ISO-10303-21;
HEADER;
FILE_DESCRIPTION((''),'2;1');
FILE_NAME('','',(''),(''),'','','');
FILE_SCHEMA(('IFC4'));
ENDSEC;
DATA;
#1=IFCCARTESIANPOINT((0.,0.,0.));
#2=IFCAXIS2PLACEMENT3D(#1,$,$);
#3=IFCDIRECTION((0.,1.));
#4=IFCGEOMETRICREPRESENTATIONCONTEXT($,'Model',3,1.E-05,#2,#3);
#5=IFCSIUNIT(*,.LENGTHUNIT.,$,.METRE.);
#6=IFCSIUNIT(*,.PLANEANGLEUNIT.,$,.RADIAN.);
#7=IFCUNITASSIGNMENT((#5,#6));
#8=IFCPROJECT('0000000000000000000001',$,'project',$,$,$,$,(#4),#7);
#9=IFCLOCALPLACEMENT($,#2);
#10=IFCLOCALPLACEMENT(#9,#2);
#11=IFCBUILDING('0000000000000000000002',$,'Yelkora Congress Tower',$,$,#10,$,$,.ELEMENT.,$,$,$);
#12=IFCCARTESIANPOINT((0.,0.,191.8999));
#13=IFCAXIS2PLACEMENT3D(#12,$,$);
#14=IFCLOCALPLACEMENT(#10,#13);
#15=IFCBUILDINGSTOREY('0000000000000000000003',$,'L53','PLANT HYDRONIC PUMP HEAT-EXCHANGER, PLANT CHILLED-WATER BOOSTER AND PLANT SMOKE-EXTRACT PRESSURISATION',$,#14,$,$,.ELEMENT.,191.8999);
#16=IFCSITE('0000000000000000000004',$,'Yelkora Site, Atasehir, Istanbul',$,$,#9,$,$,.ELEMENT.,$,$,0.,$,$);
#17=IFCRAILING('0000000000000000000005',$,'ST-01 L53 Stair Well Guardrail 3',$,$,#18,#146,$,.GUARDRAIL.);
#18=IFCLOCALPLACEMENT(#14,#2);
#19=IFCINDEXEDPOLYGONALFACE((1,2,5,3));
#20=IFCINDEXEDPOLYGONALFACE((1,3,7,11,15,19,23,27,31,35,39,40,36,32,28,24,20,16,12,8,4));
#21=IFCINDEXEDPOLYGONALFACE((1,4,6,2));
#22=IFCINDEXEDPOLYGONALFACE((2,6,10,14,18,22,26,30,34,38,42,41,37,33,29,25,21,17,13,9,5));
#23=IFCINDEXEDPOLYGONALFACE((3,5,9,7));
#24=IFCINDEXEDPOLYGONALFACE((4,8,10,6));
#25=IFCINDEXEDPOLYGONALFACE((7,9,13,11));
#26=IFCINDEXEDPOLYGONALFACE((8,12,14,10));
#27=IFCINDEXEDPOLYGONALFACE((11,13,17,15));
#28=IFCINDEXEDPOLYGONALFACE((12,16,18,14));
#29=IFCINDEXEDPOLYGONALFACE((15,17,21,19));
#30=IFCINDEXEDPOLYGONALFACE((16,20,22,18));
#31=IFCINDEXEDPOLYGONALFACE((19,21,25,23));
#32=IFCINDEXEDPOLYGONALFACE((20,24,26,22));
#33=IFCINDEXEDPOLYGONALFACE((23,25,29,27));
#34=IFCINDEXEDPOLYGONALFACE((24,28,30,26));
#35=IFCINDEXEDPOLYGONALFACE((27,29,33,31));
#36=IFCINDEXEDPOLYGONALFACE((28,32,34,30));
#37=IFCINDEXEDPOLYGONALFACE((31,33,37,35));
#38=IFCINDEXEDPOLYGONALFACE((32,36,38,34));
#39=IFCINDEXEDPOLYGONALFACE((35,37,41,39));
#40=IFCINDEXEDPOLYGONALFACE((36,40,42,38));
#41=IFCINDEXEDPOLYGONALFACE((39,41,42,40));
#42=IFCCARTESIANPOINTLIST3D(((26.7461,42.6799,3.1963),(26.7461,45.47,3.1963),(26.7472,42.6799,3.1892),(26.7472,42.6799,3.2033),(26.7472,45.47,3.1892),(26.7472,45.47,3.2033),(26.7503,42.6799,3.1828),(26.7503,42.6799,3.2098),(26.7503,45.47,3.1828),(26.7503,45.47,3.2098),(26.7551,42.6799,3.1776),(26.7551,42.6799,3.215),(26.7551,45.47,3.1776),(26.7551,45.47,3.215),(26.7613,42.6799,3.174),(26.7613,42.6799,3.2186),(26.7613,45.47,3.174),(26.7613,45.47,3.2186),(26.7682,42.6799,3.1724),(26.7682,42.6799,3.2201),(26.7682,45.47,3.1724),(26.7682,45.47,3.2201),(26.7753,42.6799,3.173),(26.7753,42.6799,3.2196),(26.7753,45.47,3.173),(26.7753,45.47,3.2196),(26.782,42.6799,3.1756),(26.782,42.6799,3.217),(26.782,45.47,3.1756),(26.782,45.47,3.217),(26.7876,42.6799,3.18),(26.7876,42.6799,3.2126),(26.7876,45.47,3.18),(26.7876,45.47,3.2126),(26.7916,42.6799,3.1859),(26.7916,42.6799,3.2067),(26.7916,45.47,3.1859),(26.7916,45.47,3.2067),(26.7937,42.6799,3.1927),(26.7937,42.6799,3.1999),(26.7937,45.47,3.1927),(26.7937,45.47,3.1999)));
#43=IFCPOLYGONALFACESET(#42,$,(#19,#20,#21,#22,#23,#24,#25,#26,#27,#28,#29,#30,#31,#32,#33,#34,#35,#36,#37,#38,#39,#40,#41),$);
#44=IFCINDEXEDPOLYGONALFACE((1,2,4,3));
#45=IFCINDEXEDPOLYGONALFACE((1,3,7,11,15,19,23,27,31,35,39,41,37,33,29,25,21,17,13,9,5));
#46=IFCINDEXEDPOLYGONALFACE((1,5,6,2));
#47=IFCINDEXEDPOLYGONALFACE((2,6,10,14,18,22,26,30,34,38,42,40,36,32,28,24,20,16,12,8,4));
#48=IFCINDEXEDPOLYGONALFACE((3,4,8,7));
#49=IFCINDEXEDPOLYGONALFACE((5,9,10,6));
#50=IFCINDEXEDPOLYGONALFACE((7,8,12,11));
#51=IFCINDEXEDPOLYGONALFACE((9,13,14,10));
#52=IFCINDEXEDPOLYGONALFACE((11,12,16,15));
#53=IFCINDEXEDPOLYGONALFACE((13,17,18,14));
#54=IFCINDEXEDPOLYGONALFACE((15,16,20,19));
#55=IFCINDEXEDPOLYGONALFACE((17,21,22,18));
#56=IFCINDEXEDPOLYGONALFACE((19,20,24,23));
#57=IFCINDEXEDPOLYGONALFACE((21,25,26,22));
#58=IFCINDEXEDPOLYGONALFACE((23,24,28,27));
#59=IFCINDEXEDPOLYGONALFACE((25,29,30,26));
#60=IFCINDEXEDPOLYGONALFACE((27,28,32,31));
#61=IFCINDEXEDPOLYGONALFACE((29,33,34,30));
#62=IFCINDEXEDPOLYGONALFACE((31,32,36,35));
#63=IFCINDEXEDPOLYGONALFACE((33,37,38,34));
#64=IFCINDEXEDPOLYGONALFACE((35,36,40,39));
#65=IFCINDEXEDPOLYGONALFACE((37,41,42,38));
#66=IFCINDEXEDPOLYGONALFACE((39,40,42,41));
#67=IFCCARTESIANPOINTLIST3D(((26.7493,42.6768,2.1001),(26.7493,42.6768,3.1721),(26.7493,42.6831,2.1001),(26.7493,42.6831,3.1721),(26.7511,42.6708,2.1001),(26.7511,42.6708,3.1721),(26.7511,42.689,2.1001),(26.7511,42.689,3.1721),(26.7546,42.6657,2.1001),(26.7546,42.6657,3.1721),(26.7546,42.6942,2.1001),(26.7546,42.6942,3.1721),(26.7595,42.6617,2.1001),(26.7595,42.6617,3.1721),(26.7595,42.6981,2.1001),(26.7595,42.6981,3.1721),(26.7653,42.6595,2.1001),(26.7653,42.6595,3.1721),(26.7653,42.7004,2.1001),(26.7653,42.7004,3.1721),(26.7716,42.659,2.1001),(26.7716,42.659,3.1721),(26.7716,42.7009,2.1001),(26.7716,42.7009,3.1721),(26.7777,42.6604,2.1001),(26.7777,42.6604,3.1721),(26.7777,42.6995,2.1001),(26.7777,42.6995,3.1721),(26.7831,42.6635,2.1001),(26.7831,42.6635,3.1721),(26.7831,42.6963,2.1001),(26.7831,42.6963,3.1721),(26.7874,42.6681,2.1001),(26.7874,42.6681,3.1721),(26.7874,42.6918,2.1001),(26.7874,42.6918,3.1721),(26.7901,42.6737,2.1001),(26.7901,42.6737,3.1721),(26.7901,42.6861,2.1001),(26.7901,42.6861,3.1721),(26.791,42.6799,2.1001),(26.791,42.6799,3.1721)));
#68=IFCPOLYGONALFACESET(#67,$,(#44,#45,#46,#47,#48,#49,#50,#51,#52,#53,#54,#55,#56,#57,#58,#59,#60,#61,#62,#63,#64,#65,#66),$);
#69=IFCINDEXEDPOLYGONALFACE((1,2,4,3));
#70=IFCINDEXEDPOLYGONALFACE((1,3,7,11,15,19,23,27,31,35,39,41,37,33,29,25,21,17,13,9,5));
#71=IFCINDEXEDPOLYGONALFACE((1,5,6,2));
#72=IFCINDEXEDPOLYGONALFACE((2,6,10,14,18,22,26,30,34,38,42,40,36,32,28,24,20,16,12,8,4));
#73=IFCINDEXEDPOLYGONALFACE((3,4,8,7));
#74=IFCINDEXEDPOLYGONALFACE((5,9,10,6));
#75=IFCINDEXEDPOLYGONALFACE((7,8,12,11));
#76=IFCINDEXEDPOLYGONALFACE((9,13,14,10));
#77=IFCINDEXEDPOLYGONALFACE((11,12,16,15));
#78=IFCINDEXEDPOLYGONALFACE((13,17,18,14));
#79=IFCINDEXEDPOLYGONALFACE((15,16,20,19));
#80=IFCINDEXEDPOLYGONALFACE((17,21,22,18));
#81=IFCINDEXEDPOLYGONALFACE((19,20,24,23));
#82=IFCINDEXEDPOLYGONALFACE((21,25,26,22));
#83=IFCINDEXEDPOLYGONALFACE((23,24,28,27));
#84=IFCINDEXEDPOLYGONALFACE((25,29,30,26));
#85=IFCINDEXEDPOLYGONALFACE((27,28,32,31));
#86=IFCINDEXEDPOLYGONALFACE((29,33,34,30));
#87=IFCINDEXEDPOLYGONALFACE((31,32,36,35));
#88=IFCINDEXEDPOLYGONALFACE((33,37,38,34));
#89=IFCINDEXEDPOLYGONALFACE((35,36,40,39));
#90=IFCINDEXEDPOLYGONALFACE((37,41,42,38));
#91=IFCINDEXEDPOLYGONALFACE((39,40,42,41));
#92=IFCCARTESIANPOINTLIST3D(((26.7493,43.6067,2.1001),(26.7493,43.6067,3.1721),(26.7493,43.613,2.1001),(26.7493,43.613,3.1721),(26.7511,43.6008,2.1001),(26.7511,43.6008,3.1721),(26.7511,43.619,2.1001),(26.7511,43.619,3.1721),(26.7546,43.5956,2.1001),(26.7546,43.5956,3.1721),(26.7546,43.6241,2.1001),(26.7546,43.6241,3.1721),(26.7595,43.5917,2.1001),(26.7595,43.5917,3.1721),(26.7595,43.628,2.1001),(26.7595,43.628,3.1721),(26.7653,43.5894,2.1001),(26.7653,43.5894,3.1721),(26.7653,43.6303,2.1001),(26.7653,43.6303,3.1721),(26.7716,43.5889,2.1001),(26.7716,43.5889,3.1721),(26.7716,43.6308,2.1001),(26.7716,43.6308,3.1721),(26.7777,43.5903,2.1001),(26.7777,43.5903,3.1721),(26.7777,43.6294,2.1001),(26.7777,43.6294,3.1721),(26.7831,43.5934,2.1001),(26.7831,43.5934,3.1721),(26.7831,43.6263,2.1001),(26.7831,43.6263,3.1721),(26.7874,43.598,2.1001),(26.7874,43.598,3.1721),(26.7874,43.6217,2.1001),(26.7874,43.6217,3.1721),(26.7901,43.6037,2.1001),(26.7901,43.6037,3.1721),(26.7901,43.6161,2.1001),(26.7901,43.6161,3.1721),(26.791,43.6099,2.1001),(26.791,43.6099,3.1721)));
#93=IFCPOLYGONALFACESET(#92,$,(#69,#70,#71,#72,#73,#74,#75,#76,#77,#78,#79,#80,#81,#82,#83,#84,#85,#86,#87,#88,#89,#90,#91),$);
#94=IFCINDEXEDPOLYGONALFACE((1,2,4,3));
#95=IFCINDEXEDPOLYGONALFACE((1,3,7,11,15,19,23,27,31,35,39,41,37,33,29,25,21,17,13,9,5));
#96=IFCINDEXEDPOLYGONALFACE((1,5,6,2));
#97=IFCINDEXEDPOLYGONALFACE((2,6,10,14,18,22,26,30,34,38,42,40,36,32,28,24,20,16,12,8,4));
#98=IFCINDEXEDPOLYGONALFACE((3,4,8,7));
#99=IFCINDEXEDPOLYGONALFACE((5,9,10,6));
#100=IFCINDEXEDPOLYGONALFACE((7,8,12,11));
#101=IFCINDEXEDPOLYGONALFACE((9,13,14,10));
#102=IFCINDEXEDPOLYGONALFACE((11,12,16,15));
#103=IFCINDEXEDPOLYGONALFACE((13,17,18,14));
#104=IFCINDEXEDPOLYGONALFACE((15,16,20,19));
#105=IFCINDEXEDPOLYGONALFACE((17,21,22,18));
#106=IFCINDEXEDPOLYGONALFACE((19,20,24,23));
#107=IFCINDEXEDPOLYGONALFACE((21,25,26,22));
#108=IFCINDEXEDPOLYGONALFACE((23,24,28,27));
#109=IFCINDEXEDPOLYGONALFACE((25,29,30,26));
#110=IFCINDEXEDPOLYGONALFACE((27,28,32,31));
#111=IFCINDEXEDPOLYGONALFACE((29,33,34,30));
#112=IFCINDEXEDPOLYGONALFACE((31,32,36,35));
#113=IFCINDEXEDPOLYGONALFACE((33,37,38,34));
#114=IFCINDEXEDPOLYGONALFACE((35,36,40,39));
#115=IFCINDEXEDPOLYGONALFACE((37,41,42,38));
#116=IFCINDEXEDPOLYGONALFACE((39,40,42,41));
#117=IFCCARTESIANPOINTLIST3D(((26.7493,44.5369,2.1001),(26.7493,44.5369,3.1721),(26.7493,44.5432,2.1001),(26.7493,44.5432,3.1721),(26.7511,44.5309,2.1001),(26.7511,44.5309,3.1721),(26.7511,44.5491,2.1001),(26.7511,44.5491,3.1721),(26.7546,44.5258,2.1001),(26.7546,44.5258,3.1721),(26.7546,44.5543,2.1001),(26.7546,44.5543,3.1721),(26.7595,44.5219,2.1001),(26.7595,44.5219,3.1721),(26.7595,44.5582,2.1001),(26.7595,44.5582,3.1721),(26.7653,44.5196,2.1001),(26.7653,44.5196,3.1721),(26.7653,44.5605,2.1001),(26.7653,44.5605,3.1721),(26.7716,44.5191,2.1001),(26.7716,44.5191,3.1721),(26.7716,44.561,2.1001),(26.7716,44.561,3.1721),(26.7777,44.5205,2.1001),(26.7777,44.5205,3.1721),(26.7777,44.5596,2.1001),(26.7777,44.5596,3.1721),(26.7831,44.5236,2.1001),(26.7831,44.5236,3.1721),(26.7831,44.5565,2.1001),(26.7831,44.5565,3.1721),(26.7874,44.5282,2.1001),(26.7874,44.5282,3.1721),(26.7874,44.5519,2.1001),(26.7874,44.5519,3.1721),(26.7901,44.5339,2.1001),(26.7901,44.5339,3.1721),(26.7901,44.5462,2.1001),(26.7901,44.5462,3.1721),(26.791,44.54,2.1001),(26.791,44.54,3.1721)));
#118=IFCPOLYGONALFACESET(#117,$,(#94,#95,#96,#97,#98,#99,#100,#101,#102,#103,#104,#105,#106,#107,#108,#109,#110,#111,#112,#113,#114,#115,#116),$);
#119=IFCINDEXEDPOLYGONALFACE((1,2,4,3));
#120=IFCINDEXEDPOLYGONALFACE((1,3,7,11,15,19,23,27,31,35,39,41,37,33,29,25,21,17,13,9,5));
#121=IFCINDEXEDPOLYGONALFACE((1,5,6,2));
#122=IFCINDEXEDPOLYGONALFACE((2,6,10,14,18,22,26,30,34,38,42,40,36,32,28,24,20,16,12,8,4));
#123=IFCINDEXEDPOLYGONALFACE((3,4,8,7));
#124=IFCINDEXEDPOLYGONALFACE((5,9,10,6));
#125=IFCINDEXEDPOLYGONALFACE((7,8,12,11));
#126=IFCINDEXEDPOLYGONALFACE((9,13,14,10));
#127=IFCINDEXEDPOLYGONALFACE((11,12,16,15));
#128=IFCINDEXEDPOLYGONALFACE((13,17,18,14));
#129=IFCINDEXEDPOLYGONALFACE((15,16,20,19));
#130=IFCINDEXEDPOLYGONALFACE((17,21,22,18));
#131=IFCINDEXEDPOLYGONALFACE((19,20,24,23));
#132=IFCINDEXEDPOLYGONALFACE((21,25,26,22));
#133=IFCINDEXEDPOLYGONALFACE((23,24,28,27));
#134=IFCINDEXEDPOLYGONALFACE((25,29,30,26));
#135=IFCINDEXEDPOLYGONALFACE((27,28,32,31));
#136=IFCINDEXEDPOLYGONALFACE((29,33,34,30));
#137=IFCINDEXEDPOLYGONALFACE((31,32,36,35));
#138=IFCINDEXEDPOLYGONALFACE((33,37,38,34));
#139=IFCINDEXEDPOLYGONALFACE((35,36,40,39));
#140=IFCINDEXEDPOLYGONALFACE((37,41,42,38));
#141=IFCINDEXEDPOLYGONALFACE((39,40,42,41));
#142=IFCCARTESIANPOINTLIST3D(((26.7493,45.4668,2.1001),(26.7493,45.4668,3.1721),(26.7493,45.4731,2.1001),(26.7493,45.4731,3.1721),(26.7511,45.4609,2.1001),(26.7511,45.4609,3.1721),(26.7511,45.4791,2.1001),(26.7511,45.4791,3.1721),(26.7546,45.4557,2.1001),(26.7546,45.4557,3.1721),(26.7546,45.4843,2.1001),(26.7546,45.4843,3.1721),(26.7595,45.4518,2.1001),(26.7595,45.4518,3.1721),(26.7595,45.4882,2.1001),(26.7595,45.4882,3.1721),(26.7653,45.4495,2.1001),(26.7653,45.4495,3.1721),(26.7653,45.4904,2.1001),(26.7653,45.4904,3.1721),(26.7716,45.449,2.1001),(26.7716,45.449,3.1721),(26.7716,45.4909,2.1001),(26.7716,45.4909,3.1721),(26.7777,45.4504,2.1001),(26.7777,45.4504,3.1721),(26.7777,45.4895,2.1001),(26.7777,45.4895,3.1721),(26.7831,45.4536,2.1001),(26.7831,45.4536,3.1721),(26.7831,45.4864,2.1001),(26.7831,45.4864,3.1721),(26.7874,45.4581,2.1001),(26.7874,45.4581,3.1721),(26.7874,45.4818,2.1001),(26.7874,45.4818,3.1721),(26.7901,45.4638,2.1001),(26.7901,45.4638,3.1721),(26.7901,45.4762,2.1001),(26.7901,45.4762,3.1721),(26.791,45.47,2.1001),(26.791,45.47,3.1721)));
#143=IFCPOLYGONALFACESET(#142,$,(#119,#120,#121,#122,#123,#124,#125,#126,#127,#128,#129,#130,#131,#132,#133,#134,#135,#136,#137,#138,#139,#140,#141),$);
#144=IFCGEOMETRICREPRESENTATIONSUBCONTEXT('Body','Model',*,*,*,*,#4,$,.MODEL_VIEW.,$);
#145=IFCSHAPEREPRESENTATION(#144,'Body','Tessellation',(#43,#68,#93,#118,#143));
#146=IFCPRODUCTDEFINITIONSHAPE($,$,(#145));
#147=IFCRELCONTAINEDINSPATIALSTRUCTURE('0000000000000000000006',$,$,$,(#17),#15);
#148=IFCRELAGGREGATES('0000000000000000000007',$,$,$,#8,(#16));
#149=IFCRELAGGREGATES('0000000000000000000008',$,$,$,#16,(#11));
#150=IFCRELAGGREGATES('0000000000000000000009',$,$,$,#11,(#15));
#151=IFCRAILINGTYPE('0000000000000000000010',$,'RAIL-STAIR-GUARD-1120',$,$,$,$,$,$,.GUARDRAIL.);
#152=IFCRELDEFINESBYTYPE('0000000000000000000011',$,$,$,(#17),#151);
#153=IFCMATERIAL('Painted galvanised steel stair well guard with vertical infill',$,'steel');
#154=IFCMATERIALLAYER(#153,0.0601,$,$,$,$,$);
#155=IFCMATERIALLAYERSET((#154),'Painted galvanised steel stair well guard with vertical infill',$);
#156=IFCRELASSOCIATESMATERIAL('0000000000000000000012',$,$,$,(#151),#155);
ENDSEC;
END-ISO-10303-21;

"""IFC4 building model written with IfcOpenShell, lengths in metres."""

from ifc_helpers import new_model, si_unit, direction, frame, origin, origin_2d, place, context, subcontext, project, spatial, circle, extrude, material, layer, layer_set, type_object, element, save


model = new_model("IFC4")

# Units and contexts
model_context = context("Model", 3, precision=1e-05, world=origin(), true_north=direction((0.0, 1.0)))
body_context = subcontext(model_context, "Body", "Model", "MODEL_VIEW")
ifc_project = project(units=[si_unit("LENGTHUNIT", "METRE"), si_unit("PLANEANGLEUNIT", "RADIAN")], contexts=[model_context])

# Site, building, storey
site_placement = place(None, origin())
site = spatial("IfcSite", under=ifc_project, at=site_placement, Name="Yelkora Site, Atasehir, Istanbul", CompositionType="ELEMENT", RefElevation=0.0)
building_placement = place(site_placement, origin())
building = spatial("IfcBuilding", under=site, at=building_placement, Name="Yelkora Congress Tower", CompositionType="ELEMENT")
storey_placement = place(building_placement, frame((0.0, 0.0, 191.8999)))
storey = spatial("IfcBuildingStorey", under=building, at=storey_placement, Name="L53", Description="PLANT HYDRONIC PUMP HEAT-EXCHANGER, PLANT CHILLED-WATER BOOSTER AND PLANT SMOKE-EXTRACT PRESSURISATION", CompositionType="ELEMENT", Elevation=191.8999)

# Railing
ifc_material_1 = material(Name="Painted galvanised steel stair well guard with vertical infill", Category="steel")
ifc_layer_1 = layer(ifc_material_1, 0.0601)
ifc_layer_set_1 = layer_set([ifc_layer_1], Name="Painted galvanised steel stair well guard with vertical infill")
railing_type_1 = type_object("IfcRailingType", Name="RAIL-STAIR-GUARD-1120", PredefinedType="GUARDRAIL", material=ifc_layer_set_1)
railing_1_placement = place(storey_placement, frame((26.77, 42.6799, 2.1001)))
element("IfcRailing", 1, at=railing_1_placement, inside=storey, type_object=railing_type_1, Name="ST-01 L53 Stair Well Guardrail 3", PredefinedType="GUARDRAIL", context=body_context, shape_type="SweptSolid", body=[
    extrude(circle(Radius=0.0239, at=origin_2d()), frame((0.0, 0.0, 1.0962), z_axis=(0.0, 1.0, 0.0), x_axis=(-1.0, 0.0, 0.0)), (0.0, 0.0, 1.0), 2.79),
    extrude(circle(Radius=0.021, at=origin_2d()), origin(), (0.0, 0.0, 1.0), 1.072),
    extrude(circle(Radius=0.021, at=origin_2d()), frame((0.0, 0.9299, 0.0)), (0.0, 0.0, 1.0), 1.072),
    extrude(circle(Radius=0.021, at=origin_2d()), frame((0.0, 1.8601, 0.0)), (0.0, 0.0, 1.0), 1.072),
    extrude(circle(Radius=0.021, at=origin_2d()), frame((0.0, 2.79, 0.0)), (0.0, 0.0, 1.0), 1.072),
])

save(model, "model.ifc")
